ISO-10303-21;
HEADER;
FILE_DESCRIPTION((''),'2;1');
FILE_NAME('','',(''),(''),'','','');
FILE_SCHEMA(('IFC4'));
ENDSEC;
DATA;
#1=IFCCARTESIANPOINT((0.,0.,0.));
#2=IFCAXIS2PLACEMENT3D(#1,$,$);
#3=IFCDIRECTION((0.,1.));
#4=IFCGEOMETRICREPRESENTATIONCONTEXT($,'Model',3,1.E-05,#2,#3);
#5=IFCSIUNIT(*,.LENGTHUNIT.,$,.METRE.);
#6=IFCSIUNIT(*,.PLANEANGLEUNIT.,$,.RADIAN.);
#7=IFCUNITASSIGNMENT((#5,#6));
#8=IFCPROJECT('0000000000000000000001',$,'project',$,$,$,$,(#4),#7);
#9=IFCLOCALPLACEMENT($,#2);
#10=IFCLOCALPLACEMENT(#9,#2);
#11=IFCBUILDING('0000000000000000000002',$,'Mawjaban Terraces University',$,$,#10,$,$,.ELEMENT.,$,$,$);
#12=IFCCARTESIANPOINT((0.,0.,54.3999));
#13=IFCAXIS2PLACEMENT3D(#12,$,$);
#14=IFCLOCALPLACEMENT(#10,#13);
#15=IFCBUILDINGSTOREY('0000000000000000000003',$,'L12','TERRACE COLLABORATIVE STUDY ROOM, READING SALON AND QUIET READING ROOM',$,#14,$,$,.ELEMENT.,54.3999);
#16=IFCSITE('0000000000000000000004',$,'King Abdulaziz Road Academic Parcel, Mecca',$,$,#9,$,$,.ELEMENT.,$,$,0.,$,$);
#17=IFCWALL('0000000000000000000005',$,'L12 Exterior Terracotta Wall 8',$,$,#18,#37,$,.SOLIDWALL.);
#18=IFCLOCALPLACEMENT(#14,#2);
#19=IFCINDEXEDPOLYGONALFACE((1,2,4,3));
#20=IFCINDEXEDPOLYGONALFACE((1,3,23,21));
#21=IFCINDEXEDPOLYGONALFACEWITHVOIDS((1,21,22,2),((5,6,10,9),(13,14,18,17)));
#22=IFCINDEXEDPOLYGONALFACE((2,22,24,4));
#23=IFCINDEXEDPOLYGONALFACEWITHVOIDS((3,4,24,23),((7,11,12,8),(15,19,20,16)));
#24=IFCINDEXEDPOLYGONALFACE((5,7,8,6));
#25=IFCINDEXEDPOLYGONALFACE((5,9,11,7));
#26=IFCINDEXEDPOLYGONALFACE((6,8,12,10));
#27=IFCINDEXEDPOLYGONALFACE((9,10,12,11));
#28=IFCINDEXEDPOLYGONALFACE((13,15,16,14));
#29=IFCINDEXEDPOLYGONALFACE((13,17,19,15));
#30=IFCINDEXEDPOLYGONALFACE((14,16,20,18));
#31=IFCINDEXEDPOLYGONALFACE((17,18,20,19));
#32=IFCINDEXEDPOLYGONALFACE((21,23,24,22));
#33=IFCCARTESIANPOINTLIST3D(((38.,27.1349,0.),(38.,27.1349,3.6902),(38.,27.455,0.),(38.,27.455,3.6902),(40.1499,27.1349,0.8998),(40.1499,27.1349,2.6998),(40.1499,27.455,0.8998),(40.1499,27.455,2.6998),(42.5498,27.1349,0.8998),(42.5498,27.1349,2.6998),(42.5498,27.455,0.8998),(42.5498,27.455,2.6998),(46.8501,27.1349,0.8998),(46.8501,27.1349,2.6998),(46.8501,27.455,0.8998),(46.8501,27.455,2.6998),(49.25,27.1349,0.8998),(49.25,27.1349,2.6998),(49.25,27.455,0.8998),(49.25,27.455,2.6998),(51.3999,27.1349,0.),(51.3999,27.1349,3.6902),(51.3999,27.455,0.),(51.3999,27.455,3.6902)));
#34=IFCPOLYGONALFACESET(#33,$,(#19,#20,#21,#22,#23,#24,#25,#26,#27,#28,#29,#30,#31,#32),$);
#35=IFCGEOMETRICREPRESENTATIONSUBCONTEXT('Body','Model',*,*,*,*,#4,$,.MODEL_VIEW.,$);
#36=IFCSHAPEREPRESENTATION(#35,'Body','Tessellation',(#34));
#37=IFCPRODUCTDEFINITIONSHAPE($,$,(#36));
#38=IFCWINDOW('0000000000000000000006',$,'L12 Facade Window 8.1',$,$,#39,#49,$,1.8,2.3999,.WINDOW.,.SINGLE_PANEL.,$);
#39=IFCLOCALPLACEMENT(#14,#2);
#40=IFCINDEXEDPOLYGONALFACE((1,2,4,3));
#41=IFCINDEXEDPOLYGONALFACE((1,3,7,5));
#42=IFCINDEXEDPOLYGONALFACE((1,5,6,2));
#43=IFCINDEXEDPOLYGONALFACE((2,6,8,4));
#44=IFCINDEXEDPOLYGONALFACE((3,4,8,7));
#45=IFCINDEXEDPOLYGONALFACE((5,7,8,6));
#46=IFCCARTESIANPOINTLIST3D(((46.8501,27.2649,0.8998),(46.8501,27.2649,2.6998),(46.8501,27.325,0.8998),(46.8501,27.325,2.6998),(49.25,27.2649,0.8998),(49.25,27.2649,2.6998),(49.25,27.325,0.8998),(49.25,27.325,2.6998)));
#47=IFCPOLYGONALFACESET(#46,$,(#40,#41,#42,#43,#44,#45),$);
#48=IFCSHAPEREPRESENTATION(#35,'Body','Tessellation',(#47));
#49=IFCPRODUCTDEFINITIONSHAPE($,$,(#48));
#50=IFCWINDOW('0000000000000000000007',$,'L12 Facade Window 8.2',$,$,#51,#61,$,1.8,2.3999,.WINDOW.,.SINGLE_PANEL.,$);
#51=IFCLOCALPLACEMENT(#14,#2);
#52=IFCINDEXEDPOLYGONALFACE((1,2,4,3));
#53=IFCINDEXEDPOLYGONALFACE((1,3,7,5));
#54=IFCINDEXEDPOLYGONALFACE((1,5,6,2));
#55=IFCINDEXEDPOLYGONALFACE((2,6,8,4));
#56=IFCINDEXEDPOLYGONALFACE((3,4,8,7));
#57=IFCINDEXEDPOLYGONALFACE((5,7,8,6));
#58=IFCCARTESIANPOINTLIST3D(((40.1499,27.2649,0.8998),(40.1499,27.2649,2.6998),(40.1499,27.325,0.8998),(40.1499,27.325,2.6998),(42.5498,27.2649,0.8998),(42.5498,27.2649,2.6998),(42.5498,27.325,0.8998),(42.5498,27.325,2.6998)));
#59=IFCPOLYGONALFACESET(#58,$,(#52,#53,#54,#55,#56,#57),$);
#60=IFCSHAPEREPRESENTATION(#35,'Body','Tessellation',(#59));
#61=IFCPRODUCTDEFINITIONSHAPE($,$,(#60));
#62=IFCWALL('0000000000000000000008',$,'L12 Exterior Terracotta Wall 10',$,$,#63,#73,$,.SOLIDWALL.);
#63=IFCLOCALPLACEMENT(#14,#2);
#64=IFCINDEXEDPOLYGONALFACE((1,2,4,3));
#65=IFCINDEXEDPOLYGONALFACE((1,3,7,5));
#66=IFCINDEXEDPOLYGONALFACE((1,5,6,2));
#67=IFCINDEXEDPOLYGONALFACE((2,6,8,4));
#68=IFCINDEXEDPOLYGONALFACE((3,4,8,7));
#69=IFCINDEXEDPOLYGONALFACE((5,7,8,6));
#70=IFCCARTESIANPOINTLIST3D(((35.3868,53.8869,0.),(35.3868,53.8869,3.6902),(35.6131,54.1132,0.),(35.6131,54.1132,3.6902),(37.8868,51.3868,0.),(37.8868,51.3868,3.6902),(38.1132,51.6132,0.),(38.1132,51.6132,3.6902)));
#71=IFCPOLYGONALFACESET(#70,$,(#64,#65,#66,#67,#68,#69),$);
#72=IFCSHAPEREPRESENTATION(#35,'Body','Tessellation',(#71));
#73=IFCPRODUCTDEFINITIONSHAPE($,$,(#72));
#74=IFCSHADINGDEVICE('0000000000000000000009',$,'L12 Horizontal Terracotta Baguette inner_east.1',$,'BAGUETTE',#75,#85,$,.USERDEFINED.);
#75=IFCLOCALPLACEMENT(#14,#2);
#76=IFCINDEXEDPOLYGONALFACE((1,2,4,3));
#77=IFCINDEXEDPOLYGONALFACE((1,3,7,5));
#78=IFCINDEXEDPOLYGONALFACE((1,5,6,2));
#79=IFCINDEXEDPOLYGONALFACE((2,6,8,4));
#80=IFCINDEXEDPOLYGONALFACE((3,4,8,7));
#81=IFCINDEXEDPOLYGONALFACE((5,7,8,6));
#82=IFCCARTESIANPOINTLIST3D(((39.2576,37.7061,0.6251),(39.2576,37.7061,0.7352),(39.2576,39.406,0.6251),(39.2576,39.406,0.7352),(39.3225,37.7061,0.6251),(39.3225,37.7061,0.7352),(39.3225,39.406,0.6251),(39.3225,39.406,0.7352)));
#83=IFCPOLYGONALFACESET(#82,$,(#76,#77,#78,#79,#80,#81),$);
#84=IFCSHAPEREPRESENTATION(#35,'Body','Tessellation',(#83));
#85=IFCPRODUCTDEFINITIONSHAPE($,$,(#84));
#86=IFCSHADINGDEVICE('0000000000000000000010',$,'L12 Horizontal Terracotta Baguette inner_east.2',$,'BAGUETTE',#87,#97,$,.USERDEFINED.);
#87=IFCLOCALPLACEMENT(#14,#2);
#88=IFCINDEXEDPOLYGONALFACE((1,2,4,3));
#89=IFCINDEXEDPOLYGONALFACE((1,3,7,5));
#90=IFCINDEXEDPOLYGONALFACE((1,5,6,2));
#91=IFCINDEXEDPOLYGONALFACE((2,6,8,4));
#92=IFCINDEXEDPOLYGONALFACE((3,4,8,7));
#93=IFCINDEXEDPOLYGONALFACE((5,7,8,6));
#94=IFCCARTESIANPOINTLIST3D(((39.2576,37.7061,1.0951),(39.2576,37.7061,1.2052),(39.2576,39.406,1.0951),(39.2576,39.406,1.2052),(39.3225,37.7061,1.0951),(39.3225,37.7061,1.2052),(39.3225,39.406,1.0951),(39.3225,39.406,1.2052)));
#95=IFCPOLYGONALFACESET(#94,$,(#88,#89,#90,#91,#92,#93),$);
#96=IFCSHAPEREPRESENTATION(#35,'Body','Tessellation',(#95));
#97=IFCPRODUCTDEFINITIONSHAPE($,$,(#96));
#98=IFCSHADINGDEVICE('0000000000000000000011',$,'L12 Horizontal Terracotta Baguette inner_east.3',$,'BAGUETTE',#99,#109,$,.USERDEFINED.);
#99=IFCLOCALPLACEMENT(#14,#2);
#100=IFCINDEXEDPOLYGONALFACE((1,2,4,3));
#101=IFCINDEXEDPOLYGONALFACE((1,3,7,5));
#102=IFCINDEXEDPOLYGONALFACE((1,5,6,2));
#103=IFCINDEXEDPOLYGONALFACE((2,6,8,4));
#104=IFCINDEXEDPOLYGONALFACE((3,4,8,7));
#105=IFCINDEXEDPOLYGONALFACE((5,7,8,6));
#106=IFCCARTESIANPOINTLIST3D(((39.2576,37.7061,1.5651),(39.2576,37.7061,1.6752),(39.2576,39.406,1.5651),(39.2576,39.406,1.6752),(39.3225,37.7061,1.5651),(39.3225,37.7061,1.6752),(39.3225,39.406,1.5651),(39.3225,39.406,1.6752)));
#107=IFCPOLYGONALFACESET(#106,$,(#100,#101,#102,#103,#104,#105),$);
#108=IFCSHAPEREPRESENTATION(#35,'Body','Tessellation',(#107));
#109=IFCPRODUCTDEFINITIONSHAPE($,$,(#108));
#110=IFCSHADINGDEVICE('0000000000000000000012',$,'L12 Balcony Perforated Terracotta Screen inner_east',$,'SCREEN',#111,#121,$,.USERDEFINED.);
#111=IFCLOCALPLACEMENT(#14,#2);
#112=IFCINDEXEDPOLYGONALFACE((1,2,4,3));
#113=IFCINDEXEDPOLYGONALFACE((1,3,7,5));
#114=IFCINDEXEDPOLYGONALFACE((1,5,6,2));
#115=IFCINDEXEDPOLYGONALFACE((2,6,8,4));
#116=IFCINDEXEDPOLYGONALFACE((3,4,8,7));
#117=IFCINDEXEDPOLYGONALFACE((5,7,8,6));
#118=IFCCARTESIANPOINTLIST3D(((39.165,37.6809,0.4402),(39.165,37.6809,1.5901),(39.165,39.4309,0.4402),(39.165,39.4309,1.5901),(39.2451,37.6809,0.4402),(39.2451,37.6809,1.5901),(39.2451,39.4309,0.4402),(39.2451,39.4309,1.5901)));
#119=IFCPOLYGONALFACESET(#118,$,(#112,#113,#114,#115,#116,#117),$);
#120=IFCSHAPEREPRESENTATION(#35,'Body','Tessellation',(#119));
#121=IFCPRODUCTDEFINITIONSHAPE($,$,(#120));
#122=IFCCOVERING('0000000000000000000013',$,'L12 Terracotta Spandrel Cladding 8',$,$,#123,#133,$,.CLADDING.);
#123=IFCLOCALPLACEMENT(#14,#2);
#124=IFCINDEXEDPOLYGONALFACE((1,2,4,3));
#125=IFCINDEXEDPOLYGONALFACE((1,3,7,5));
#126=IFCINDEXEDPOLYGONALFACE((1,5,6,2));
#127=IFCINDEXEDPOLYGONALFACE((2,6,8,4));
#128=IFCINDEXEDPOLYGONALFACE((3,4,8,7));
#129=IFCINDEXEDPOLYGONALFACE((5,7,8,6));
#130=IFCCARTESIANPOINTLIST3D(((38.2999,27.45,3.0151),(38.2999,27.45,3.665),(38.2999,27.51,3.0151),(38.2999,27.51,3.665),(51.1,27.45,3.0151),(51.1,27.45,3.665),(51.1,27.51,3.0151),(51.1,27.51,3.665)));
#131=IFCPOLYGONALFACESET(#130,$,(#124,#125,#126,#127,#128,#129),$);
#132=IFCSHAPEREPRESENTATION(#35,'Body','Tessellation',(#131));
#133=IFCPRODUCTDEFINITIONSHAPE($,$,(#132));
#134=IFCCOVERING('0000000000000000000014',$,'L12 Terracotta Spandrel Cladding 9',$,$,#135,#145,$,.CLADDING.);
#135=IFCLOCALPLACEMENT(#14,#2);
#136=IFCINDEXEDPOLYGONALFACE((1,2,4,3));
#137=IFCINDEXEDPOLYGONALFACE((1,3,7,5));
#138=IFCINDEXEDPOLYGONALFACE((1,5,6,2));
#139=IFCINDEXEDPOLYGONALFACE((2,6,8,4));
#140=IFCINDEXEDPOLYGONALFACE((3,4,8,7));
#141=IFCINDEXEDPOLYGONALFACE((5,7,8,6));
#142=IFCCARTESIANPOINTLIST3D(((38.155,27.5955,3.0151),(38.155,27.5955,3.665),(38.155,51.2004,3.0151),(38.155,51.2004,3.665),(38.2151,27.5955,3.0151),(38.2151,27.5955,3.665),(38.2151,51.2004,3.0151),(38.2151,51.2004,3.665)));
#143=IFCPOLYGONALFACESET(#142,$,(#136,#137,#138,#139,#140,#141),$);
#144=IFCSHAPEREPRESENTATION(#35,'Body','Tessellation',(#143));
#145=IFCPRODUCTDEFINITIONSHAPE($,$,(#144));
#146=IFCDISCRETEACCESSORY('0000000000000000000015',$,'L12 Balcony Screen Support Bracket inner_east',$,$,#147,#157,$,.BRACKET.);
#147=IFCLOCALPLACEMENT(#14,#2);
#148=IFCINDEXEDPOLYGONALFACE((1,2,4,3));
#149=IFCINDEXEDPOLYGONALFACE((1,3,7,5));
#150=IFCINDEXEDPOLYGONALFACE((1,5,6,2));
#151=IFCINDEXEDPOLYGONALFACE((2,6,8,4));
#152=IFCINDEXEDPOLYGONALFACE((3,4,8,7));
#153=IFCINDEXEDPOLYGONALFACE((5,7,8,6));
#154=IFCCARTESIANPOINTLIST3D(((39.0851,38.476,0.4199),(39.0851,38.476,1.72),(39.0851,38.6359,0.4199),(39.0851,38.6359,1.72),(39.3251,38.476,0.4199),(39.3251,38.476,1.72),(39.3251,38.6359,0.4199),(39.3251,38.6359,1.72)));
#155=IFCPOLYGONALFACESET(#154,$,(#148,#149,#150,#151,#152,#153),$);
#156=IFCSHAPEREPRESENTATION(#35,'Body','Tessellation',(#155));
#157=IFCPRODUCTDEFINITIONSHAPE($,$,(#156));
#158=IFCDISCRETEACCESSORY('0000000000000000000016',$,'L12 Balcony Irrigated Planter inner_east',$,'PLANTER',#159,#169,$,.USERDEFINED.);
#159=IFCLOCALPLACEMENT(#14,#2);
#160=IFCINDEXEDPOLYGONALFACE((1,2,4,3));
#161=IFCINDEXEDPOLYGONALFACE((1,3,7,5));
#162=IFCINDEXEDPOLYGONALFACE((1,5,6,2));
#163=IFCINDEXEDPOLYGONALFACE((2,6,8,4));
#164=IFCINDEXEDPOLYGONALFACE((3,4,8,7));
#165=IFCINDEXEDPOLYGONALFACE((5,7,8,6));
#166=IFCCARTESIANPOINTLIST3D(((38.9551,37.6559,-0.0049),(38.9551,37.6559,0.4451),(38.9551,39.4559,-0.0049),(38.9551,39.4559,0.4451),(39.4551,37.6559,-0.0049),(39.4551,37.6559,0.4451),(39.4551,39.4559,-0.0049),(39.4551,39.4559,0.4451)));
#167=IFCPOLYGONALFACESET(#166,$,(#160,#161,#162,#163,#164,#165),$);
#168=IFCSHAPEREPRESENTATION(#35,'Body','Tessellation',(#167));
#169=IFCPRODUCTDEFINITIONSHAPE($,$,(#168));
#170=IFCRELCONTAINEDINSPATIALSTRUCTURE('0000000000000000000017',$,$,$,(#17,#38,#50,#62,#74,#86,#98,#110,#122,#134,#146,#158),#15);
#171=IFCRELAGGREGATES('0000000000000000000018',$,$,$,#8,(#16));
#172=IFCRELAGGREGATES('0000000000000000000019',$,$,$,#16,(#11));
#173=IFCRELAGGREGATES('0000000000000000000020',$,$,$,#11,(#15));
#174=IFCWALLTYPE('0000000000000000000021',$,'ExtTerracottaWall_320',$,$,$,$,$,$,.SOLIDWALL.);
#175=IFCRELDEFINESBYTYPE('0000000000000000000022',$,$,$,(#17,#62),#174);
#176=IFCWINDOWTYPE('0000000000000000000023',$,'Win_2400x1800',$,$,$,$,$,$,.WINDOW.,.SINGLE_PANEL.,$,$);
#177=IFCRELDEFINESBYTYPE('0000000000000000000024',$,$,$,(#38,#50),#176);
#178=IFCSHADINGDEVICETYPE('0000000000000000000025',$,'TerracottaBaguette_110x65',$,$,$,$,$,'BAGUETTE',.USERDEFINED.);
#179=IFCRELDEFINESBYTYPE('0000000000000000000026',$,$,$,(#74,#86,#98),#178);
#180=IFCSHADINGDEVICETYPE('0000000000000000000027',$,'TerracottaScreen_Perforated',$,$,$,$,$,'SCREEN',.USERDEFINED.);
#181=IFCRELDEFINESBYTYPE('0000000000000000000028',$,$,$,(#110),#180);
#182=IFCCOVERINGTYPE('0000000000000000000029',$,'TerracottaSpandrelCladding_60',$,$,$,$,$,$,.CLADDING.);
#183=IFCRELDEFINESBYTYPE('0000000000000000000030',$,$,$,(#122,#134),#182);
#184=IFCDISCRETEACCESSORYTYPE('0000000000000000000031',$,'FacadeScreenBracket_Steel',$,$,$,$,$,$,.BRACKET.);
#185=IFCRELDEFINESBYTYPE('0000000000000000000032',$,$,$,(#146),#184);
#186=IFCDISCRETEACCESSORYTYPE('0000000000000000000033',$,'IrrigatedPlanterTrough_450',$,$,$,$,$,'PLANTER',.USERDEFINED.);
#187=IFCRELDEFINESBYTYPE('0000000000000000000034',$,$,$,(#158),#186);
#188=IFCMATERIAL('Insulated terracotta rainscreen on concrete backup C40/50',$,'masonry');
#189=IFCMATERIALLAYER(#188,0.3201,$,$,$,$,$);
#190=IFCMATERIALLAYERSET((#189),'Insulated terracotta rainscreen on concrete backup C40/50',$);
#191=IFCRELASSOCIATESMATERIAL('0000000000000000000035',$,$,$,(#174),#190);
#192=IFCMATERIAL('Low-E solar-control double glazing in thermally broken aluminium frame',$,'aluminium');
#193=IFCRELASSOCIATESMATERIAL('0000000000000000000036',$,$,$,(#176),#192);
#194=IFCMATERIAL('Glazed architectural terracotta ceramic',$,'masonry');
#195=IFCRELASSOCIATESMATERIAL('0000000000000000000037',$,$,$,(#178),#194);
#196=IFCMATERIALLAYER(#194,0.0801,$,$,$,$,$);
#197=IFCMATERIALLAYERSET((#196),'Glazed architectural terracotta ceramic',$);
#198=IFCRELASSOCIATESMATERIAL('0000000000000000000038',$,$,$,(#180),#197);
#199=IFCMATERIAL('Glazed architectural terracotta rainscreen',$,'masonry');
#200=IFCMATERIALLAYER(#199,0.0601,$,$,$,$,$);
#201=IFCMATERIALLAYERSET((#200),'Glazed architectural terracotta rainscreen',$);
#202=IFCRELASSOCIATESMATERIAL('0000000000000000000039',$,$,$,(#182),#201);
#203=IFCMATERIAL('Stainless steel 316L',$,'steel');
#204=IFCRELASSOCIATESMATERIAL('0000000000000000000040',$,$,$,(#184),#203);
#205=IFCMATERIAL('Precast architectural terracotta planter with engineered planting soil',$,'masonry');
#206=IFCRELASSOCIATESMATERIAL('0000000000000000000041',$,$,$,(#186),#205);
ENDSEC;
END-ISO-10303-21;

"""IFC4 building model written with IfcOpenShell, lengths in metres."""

from ifc_helpers import new_model, si_unit, direction, frame, frame_2d, origin, origin_2d, place, context, subcontext, project, spatial, rectangle, extrude, material, layer, layer_set, material_profile, profile_set, type_object, element, fill, save


model = new_model("IFC4")

# Units and contexts
model_context = context("Model", 3, precision=1e-05, world=origin(), true_north=direction((0.0, 1.0)))
body_context = subcontext(model_context, "Body", "Model", "MODEL_VIEW")
ifc_project = project(units=[si_unit("LENGTHUNIT", "METRE"), si_unit("PLANEANGLEUNIT", "RADIAN")], contexts=[model_context])

# Site, building, storey
site_placement = place(None, origin())
site = spatial("IfcSite", under=ifc_project, at=site_placement, Name="King Abdulaziz Road Academic Parcel, Mecca", CompositionType="ELEMENT", RefElevation=0.0)
building_placement = place(site_placement, origin())
building = spatial("IfcBuilding", under=site, at=building_placement, Name="Mawjaban Terraces University", CompositionType="ELEMENT")
storey_placement = place(building_placement, frame((0.0, 0.0, 54.3999)))
storey = spatial("IfcBuildingStorey", under=building, at=storey_placement, Name="L12", Description="TERRACE COLLABORATIVE STUDY ROOM, READING SALON AND QUIET READING ROOM", CompositionType="ELEMENT", Elevation=54.3999)

# Wall, openings, windows
ifc_material_1 = material(Name="Insulated terracotta rainscreen on concrete backup C40/50", Category="masonry")
ifc_layer_1 = layer(ifc_material_1, 0.3201)
ifc_layer_set_1 = layer_set([ifc_layer_1], Name="Insulated terracotta rainscreen on concrete backup C40/50")
wall_type_1 = type_object("IfcWallType", Name="ExtTerracottaWall_320", PredefinedType="SOLIDWALL", material=ifc_layer_set_1)
wall_1_placement = place(storey_placement, frame((51.3999, 27.2949, 0.0), z_axis=(0.0, 0.0, 1.0), x_axis=(-1.0, 0.0, 0.0)))
wall_1 = element("IfcWall", 1, at=wall_1_placement, inside=storey, type_object=wall_type_1, Name="L12 Exterior Terracotta Wall 8", PredefinedType="SOLIDWALL", context=body_context, shape_type="SweptSolid", body=[
    extrude(rectangle(XDim=13.3999, YDim=0.3201, at=frame_2d((6.7, 0.0))), origin(), (0.0, 0.0, 1.0), 3.6902),
])
opening_1_placement = place(wall_1_placement, frame((2.1499, 0.0, 0.8999)))
opening_1 = element("IfcOpeningElement", 2, at=opening_1_placement, cuts=wall_1, PredefinedType="OPENING", context=body_context, shape_type="SweptSolid", body=[
    extrude(rectangle(XDim=2.3999, YDim=1.8, at=frame_2d((1.2, 0.8999))), frame((0.0, 0.1699, 0.0), z_axis=(0.0, -1.0, 0.0), x_axis=(1.0, 0.0, 0.0)), (0.0, 0.0, 1.0), 0.3401),
])
opening_2_placement = place(wall_1_placement, frame((8.8501, 0.0, 0.8999)))
opening_2 = element("IfcOpeningElement", 3, at=opening_2_placement, cuts=wall_1, PredefinedType="OPENING", context=body_context, shape_type="SweptSolid", body=[
    extrude(rectangle(XDim=2.3999, YDim=1.8, at=frame_2d((1.2, 0.8999))), frame((0.0, 0.1699, 0.0), z_axis=(0.0, -1.0, 0.0), x_axis=(1.0, 0.0, 0.0)), (0.0, 0.0, 1.0), 0.3401),
])
ifc_material_2 = material(Name="Low-E solar-control double glazing in thermally broken aluminium frame", Category="aluminium")
window_type = type_object("IfcWindowType", Name="Win_2400x1800", PartitioningType="SINGLE_PANEL", PredefinedType="WINDOW", material=ifc_material_2)
window_1_placement = place(opening_1_placement, origin())
window_1 = element("IfcWindow", 4, at=window_1_placement, inside=storey, type_object=window_type, Name="L12 Facade Window 8.1", OverallHeight=1.8, OverallWidth=2.3999, PartitioningType="SINGLE_PANEL", PredefinedType="WINDOW", context=body_context, shape_type="SweptSolid", body=[
    extrude(rectangle(XDim=2.3999, YDim=1.8, at=frame_2d((1.2, 0.8999))), frame((0.0, 0.03, 0.0), z_axis=(0.0, -1.0, 0.0), x_axis=(1.0, 0.0, 0.0)), (0.0, 0.0, 1.0), 0.0601),
])
fill(opening_1, window_1)
window_2_placement = place(opening_2_placement, origin())
window_2 = element("IfcWindow", 5, at=window_2_placement, inside=storey, type_object=window_type, Name="L12 Facade Window 8.2", OverallHeight=1.8, OverallWidth=2.3999, PartitioningType="SINGLE_PANEL", PredefinedType="WINDOW", context=body_context, shape_type="SweptSolid", body=[
    extrude(rectangle(XDim=2.3999, YDim=1.8, at=frame_2d((1.2, 0.8999))), frame((0.0, 0.03, 0.0), z_axis=(0.0, -1.0, 0.0), x_axis=(1.0, 0.0, 0.0)), (0.0, 0.0, 1.0), 0.0601),
])
fill(opening_2, window_2)

# Wall
wall_2_placement = place(storey_placement, frame((38.0, 51.5, 0.0), z_axis=(0.0, 0.0, 1.0), x_axis=(-0.707107, 0.707107, 0.0)))
element("IfcWall", 6, at=wall_2_placement, inside=storey, type_object=wall_type_1, Name="L12 Exterior Terracotta Wall 10", PredefinedType="SOLIDWALL", context=body_context, shape_type="SweptSolid", body=[
    extrude(rectangle(XDim=3.5356, YDim=0.3201, at=frame_2d((1.7678, 0.0))), origin(), (0.0, 0.0, 1.0), 3.6902),
])

# Shading devices
ifc_material_3 = material(Name="Glazed architectural terracotta ceramic", Category="masonry")
ifc_material_profile_1 = material_profile(ifc_material_3, rectangle(XDim=0.0649, YDim=0.1101, at=origin_2d()), Name="TBAG110X65")
ifc_profile_set_1 = profile_set([ifc_material_profile_1], Name="Glazed architectural terracotta ceramic")
shading_device_type_1 = type_object("IfcShadingDeviceType", Name="TerracottaBaguette_110x65", ElementType="BAGUETTE", PredefinedType="USERDEFINED", material=ifc_profile_set_1)
for number, where, z_axis, x_axis, name in (
    (7, (39.29, 37.7061, 0.6802), (0.0, 1.0, 0.0), (-1.0, 0.0, 0.0), "L12 Horizontal Terracotta Baguette inner_east.1"),
    (8, (39.29, 37.7061, 1.1501), (0.0, 1.0, 0.0), (-1.0, 0.0, 0.0), "L12 Horizontal Terracotta Baguette inner_east.2"),
    (9, (39.29, 37.7061, 1.6201), (0.0, 1.0, 0.0), (-1.0, 0.0, 0.0), "L12 Horizontal Terracotta Baguette inner_east.3"),
):
    element("IfcShadingDevice", number, at=place(storey_placement, frame(where, z_axis=z_axis, x_axis=x_axis)), inside=storey, type_object=shading_device_type_1, Name=name, ObjectType="BAGUETTE", PredefinedType="USERDEFINED", context=body_context, shape_type="SweptSolid", body=[
        extrude(rectangle(XDim=0.0649, YDim=0.1101, at=origin_2d()), origin(), (0.0, 0.0, 1.0), 1.7),
    ])
ifc_layer_2 = layer(ifc_material_3, 0.0801)
ifc_layer_set_2 = layer_set([ifc_layer_2], Name="Glazed architectural terracotta ceramic")
shading_device_type_2 = type_object("IfcShadingDeviceType", Name="TerracottaScreen_Perforated", ElementType="SCREEN", PredefinedType="USERDEFINED", material=ifc_layer_set_2)
shading_device_placement = place(storey_placement, frame((39.2051, 38.5559, 0.4402), z_axis=(0.0, 0.0, 1.0), x_axis=(0.0, 1.0, 0.0)))
element("IfcShadingDevice", 10, at=shading_device_placement, inside=storey, type_object=shading_device_type_2, Name="L12 Balcony Perforated Terracotta Screen inner_east", ObjectType="SCREEN", PredefinedType="USERDEFINED", context=body_context, shape_type="SweptSolid", body=[
    extrude(rectangle(XDim=1.75, YDim=0.0801, at=origin_2d()), origin(), (0.0, 0.0, 1.0), 1.1499),
])

# Coverings
ifc_material_4 = material(Name="Glazed architectural terracotta rainscreen", Category="masonry")
ifc_layer_3 = layer(ifc_material_4, 0.0601)
ifc_layer_set_3 = layer_set([ifc_layer_3], Name="Glazed architectural terracotta rainscreen")
covering_type = type_object("IfcCoveringType", Name="TerracottaSpandrelCladding_60", PredefinedType="CLADDING", material=ifc_layer_set_3)
covering_1_placement = place(storey_placement, frame((44.7, 27.48, 3.0151), z_axis=(0.0, 0.0, 1.0), x_axis=(-1.0, 0.0, 0.0)))
element("IfcCovering", 11, at=covering_1_placement, inside=storey, type_object=covering_type, Name="L12 Terracotta Spandrel Cladding 8", PredefinedType="CLADDING", context=body_context, shape_type="SweptSolid", body=[
    extrude(rectangle(XDim=12.8, YDim=0.0601, at=origin_2d()), origin(), (0.0, 0.0, 1.0), 0.6499),
])
covering_2_placement = place(storey_placement, frame((38.1851, 39.3979, 3.0151), z_axis=(0.0, 0.0, 1.0), x_axis=(0.0, 1.0, 0.0)))
element("IfcCovering", 12, at=covering_2_placement, inside=storey, type_object=covering_type, Name="L12 Terracotta Spandrel Cladding 9", PredefinedType="CLADDING", context=body_context, shape_type="SweptSolid", body=[
    extrude(rectangle(XDim=23.605, YDim=0.0601, at=origin_2d()), origin(), (0.0, 0.0, 1.0), 0.6499),
])

# Discrete accessories
ifc_material_5 = material(Name="Stainless steel 316L", Category="steel")
discrete_accessory_type_1 = type_object("IfcDiscreteAccessoryType", Name="FacadeScreenBracket_Steel", PredefinedType="BRACKET", material=ifc_material_5)
discrete_accessory_1_placement = place(storey_placement, frame((39.2051, 38.5559, 0.4199), z_axis=(0.0, 0.0, 1.0), x_axis=(0.0, 1.0, 0.0)))
element("IfcDiscreteAccessory", 13, at=discrete_accessory_1_placement, inside=storey, type_object=discrete_accessory_type_1, Name="L12 Balcony Screen Support Bracket inner_east", PredefinedType="BRACKET", context=body_context, shape_type="SweptSolid", body=[
    extrude(rectangle(XDim=0.1599, YDim=0.24, at=origin_2d()), origin(), (0.0, 0.0, 1.0), 1.3),
])
ifc_material_6 = material(Name="Precast architectural terracotta planter with engineered planting soil", Category="masonry")
discrete_accessory_type_2 = type_object("IfcDiscreteAccessoryType", Name="IrrigatedPlanterTrough_450", ElementType="PLANTER", PredefinedType="USERDEFINED", material=ifc_material_6)
discrete_accessory_2_placement = place(storey_placement, frame((39.2051, 38.5559, -0.0049), z_axis=(0.0, 0.0, 1.0), x_axis=(0.0, 1.0, 0.0)))
element("IfcDiscreteAccessory", 14, at=discrete_accessory_2_placement, inside=storey, type_object=discrete_accessory_type_2, Name="L12 Balcony Irrigated Planter inner_east", ObjectType="PLANTER", PredefinedType="USERDEFINED", context=body_context, shape_type="SweptSolid", body=[
    extrude(rectangle(XDim=1.8, YDim=0.5, at=origin_2d()), origin(), (0.0, 0.0, 1.0), 0.45),
])

save(model, "model.ifc")
